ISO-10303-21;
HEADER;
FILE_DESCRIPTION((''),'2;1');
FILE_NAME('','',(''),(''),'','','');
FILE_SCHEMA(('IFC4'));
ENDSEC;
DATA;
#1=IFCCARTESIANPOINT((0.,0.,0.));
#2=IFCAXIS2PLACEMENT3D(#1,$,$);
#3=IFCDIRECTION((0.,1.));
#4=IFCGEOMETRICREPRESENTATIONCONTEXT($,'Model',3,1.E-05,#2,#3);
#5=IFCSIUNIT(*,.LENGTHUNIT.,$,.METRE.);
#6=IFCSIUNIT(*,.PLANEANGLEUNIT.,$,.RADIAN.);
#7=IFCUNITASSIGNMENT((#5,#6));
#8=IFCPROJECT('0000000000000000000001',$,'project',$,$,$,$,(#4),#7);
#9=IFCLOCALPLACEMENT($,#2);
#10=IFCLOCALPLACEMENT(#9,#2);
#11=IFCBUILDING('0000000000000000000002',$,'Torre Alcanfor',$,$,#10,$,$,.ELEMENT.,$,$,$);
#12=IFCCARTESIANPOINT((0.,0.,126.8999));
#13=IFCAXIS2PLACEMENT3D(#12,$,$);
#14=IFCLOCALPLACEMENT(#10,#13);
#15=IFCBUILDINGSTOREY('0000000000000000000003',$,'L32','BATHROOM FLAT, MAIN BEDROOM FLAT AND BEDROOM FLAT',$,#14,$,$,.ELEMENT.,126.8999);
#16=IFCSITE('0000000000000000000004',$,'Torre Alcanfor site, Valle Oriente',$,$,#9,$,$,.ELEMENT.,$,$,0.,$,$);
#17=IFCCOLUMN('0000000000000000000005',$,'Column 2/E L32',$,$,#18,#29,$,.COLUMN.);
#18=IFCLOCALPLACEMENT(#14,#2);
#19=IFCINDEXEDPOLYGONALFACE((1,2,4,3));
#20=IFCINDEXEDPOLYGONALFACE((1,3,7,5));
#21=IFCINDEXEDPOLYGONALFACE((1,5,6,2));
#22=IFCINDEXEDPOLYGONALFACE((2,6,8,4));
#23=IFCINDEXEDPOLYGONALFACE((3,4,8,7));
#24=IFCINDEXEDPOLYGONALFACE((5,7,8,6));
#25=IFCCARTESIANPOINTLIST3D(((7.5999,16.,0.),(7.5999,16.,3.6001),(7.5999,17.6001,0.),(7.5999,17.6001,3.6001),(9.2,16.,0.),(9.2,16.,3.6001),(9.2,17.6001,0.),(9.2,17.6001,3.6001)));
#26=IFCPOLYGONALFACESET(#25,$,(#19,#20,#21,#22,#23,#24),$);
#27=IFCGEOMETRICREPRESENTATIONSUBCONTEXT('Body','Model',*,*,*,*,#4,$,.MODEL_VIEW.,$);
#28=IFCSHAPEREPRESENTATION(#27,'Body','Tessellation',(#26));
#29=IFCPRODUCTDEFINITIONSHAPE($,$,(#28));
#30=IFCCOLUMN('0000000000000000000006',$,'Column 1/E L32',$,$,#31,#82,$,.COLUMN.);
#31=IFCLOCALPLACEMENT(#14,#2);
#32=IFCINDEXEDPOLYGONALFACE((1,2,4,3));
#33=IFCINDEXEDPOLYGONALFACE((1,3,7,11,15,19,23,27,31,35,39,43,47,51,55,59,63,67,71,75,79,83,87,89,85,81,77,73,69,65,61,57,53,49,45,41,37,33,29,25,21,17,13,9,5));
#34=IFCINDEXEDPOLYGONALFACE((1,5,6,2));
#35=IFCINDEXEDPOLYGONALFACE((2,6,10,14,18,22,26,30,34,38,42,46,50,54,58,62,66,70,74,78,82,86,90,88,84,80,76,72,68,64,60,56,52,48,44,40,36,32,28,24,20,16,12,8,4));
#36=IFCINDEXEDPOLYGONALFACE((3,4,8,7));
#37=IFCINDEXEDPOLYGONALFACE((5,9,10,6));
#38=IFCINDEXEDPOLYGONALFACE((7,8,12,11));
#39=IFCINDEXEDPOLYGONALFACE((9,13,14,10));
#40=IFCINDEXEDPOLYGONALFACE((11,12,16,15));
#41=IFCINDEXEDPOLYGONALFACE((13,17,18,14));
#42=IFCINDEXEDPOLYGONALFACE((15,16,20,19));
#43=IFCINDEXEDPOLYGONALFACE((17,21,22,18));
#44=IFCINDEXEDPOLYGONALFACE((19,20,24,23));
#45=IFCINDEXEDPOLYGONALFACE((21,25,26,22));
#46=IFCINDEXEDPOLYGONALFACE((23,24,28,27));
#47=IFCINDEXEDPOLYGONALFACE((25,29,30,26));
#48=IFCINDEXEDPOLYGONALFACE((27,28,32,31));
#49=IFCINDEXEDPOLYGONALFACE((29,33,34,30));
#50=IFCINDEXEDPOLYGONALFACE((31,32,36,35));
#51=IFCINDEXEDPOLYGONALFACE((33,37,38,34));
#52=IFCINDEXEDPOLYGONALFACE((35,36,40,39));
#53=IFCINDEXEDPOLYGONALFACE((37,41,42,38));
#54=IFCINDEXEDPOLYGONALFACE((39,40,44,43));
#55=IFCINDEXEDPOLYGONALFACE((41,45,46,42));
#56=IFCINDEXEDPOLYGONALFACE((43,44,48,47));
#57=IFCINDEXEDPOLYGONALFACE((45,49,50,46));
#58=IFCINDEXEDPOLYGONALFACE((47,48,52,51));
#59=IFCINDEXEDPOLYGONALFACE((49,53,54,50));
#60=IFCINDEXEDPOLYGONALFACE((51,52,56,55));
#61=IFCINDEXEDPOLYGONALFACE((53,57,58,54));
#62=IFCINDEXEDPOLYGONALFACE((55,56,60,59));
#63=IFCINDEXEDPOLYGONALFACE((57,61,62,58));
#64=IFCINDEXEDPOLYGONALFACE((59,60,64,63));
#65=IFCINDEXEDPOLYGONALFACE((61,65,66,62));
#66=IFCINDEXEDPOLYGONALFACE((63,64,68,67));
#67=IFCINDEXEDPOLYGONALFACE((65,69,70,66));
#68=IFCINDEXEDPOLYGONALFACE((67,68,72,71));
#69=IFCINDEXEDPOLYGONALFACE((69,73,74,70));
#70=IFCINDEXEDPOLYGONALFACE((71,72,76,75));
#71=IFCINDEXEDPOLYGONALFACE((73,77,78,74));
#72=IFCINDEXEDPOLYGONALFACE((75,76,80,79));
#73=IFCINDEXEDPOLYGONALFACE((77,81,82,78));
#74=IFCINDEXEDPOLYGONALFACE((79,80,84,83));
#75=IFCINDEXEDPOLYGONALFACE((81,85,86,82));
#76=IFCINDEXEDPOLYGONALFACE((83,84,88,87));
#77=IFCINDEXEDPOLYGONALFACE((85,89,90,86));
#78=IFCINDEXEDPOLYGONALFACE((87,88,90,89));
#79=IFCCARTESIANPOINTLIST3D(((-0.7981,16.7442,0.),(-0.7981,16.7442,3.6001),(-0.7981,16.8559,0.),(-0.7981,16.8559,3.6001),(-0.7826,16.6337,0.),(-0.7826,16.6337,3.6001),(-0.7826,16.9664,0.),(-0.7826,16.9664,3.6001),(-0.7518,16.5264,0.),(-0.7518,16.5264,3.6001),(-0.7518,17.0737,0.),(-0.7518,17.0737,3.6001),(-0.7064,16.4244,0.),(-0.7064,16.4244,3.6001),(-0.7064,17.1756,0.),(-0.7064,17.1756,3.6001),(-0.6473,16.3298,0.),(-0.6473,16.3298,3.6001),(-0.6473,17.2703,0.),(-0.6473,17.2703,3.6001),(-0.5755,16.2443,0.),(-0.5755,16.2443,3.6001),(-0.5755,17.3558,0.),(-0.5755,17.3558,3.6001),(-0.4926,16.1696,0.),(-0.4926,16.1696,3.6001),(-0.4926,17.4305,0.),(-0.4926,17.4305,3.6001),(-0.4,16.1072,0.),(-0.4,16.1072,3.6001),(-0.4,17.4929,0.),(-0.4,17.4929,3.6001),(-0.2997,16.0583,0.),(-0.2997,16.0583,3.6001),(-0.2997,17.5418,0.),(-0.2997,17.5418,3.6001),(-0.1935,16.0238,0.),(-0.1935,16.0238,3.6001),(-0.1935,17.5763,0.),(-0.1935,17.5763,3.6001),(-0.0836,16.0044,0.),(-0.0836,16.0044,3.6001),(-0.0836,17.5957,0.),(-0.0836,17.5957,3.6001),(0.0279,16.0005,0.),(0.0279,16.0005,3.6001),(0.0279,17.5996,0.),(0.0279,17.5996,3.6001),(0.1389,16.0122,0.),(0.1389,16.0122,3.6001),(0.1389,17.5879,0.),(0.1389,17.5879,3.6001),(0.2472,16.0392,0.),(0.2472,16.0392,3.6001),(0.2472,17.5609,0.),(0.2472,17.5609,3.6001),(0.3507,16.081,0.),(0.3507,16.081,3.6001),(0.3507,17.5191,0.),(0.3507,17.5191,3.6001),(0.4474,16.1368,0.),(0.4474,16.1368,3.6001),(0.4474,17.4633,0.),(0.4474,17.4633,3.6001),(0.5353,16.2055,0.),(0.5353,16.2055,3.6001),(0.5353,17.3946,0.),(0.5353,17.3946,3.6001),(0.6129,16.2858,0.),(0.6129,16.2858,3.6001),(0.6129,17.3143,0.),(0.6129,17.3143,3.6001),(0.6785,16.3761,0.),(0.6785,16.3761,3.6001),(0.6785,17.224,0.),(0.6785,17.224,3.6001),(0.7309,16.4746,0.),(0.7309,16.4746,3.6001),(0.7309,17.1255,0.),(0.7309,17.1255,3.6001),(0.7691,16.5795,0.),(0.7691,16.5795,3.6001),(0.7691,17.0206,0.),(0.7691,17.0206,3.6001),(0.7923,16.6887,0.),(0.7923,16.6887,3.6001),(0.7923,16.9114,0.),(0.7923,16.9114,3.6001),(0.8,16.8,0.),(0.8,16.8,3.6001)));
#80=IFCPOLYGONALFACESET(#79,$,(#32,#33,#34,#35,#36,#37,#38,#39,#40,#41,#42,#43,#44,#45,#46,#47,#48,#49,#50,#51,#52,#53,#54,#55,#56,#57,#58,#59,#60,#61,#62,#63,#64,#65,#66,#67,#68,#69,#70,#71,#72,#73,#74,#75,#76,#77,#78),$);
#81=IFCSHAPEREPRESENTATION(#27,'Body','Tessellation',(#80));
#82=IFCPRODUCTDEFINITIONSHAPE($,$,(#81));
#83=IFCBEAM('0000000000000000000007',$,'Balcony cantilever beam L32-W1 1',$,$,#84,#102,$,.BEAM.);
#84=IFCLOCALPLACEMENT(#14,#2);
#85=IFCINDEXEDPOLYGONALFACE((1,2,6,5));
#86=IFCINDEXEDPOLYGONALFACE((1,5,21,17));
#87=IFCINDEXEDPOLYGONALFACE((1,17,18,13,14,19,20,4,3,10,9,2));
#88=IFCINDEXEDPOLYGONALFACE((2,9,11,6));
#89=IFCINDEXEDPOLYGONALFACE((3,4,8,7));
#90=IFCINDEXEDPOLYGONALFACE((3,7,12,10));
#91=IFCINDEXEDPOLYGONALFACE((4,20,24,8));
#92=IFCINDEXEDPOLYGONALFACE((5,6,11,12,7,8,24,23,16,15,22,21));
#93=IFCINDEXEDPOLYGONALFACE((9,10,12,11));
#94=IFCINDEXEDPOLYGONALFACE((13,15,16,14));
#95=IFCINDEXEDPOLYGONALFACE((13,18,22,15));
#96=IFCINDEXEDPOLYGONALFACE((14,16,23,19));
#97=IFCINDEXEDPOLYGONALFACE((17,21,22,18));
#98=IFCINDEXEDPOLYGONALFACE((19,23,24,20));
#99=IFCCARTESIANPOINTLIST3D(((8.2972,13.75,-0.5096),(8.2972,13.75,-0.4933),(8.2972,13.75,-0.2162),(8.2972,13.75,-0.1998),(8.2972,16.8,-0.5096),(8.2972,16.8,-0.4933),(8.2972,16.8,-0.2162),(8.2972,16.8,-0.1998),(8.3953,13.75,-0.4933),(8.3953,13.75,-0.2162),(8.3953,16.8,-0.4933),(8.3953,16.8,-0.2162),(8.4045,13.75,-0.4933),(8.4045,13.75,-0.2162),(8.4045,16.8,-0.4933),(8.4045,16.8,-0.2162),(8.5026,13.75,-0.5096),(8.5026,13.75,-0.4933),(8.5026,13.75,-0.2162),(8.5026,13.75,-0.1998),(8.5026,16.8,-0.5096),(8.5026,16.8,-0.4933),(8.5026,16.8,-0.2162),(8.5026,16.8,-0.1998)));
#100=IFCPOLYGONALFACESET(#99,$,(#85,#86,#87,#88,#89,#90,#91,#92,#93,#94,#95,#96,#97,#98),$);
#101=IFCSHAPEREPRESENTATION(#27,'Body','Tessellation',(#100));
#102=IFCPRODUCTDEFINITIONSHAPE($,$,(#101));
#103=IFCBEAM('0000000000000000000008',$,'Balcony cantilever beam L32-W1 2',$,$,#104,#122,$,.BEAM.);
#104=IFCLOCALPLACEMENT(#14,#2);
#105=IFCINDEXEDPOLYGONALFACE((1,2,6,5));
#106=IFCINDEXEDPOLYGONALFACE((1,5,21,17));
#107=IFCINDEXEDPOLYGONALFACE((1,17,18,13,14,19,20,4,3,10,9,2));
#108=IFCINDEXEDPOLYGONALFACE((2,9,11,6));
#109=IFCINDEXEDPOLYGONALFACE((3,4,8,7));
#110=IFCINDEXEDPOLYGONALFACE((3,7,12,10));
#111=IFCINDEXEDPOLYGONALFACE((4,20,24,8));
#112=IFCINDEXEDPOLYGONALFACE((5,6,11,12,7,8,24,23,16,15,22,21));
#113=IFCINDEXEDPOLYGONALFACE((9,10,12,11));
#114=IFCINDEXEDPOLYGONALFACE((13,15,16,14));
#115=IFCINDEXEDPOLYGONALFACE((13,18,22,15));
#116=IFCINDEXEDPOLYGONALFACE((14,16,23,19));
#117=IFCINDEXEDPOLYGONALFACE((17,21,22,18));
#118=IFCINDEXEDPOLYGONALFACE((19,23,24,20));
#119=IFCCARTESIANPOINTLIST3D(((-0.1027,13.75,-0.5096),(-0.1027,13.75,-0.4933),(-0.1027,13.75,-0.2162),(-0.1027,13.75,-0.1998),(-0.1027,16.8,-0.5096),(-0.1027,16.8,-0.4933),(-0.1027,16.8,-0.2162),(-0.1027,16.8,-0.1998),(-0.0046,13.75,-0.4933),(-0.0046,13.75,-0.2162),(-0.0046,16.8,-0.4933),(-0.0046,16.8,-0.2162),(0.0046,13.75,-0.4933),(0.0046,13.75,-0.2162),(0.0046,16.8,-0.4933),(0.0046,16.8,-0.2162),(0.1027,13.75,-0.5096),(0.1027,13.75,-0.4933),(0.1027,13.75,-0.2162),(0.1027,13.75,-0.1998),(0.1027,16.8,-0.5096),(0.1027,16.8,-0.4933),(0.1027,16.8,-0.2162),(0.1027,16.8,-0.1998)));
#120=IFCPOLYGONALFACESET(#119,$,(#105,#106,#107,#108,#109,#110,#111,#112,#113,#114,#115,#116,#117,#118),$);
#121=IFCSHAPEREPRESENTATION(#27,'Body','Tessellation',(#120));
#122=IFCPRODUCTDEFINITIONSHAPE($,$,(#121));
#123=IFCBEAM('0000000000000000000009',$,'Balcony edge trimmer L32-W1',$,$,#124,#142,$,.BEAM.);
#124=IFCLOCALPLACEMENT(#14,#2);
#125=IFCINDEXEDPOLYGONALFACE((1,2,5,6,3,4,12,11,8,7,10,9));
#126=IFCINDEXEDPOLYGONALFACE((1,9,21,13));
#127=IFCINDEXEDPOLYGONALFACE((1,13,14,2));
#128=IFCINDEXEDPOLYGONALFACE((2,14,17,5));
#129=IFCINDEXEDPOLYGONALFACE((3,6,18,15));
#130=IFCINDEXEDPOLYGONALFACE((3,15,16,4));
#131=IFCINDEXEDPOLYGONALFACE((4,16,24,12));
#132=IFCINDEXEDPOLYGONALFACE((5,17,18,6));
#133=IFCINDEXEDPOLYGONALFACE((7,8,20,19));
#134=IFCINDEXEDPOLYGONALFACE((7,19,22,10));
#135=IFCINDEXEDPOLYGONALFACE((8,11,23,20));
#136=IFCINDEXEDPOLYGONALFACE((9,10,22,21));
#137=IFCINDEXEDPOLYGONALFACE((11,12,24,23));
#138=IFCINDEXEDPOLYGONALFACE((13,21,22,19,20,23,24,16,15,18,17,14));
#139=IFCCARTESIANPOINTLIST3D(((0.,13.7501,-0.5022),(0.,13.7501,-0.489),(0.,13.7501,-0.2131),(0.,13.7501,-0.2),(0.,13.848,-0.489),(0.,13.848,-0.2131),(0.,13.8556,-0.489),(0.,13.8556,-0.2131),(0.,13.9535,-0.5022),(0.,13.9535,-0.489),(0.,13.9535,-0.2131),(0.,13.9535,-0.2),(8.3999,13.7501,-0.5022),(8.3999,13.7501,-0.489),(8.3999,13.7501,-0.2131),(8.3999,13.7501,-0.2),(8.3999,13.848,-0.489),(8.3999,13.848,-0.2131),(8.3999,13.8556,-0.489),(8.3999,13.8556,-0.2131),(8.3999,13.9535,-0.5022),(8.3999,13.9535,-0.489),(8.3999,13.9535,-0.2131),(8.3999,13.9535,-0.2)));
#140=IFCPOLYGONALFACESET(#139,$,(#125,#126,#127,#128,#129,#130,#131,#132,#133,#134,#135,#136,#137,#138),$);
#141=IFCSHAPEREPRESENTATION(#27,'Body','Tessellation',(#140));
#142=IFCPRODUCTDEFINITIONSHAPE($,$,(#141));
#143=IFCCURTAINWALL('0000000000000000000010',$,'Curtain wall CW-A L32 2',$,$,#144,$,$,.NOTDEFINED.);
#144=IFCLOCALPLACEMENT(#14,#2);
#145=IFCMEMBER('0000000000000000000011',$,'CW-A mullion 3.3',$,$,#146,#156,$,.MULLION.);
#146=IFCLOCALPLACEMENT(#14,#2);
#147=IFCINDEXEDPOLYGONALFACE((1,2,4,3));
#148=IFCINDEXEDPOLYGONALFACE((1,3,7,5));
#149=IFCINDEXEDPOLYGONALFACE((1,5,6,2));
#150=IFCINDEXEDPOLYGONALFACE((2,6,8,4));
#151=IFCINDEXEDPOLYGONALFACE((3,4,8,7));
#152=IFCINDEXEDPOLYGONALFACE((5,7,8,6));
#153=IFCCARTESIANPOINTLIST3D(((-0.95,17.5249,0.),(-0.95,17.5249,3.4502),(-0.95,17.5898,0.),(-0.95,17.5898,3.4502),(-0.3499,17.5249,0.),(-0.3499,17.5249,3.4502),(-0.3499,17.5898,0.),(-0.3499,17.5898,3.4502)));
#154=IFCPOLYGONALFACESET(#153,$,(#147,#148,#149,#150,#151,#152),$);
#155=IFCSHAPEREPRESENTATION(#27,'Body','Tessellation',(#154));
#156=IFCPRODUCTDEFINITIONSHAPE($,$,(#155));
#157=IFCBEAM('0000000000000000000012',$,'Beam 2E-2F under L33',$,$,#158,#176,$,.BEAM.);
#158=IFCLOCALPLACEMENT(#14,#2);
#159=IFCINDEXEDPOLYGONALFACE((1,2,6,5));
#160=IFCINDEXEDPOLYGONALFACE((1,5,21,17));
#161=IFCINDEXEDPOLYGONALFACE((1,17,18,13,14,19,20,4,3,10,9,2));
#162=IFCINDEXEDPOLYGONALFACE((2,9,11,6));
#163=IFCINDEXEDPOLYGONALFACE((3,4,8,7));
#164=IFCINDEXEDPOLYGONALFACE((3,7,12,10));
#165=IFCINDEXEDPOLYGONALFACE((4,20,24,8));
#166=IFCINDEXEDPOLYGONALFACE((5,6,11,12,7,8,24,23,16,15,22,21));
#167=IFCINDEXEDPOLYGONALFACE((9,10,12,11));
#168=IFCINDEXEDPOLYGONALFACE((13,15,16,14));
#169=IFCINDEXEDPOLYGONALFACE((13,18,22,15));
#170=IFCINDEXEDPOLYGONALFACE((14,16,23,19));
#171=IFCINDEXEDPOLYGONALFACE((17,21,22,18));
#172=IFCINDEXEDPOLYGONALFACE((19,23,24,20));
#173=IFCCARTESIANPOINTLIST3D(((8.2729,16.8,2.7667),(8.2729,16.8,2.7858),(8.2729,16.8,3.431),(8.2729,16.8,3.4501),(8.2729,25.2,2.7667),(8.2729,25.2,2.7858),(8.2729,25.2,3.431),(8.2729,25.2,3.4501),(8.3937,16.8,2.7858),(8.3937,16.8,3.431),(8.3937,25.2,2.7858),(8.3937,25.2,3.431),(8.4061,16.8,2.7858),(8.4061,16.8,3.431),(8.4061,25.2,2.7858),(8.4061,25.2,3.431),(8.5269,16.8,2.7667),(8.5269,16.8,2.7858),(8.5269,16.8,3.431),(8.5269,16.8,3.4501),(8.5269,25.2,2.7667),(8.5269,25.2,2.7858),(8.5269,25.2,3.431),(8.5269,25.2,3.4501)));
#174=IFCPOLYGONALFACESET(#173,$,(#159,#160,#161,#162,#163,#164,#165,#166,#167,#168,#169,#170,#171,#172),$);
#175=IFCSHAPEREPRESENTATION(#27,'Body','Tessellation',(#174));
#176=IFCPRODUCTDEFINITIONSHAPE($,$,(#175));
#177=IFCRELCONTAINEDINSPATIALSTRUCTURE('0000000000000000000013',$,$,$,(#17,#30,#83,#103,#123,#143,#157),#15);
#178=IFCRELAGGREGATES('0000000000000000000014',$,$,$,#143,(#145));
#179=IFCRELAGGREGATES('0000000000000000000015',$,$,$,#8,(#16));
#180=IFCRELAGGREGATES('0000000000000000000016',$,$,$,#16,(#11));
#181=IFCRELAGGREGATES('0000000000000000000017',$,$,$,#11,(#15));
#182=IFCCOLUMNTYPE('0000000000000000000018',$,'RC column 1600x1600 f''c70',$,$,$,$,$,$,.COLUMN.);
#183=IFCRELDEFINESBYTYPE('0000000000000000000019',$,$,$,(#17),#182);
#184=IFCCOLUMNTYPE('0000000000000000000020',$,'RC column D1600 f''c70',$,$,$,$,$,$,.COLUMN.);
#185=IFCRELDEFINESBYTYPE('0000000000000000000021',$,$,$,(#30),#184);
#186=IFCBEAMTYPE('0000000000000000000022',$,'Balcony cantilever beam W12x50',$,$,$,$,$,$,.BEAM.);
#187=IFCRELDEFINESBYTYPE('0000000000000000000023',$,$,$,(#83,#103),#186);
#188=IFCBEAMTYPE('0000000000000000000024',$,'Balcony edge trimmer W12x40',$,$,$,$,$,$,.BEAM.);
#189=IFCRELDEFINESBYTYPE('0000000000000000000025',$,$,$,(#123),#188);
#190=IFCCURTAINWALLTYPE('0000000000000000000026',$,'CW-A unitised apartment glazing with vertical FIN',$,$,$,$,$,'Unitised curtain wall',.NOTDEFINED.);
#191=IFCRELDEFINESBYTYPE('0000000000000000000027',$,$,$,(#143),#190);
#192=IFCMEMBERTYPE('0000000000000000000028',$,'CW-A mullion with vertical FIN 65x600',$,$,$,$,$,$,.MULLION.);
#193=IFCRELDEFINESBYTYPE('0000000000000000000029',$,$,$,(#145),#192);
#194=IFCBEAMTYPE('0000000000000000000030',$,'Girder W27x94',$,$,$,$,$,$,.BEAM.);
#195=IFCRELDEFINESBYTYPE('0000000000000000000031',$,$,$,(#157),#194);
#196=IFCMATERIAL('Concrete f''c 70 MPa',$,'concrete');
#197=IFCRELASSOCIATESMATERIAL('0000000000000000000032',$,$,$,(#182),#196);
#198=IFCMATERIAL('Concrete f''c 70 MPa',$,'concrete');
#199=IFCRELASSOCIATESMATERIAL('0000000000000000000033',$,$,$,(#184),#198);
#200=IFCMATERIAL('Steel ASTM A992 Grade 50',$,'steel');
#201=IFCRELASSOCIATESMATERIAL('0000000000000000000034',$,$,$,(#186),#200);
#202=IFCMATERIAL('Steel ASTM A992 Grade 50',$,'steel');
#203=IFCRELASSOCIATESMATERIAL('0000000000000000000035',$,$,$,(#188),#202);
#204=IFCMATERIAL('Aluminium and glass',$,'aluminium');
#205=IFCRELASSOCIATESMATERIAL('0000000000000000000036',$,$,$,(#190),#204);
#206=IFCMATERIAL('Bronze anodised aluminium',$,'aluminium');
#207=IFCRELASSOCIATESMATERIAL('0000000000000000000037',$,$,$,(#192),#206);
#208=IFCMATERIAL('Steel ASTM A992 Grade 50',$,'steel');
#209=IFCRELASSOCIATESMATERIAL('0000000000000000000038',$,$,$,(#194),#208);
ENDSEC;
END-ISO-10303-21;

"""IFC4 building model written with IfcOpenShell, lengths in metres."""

from ifc_helpers import new_model, si_unit, direction, frame, origin, origin_2d, place, context, subcontext, project, spatial, rectangle, circle, i_section, extrude, material, material_profile, profile_set, type_object, element, aggregate, save


model = new_model("IFC4")

# Units and contexts
model_context = context("Model", 3, precision=1e-05, world=origin(), true_north=direction((0.0, 1.0)))
body_context = subcontext(model_context, "Body", "Model", "MODEL_VIEW")
ifc_project = project(units=[si_unit("LENGTHUNIT", "METRE"), si_unit("PLANEANGLEUNIT", "RADIAN")], contexts=[model_context])

# Site, building, storey
site_placement = place(None, origin())
site = spatial("IfcSite", under=ifc_project, at=site_placement, Name="Torre Alcanfor site, Valle Oriente", CompositionType="ELEMENT", RefElevation=0.0)
building_placement = place(site_placement, origin())
building = spatial("IfcBuilding", under=site, at=building_placement, Name="Torre Alcanfor", CompositionType="ELEMENT")
storey_placement = place(building_placement, frame((0.0, 0.0, 126.8999)))
storey = spatial("IfcBuildingStorey", under=building, at=storey_placement, Name="L32", Description="BATHROOM FLAT, MAIN BEDROOM FLAT AND BEDROOM FLAT", CompositionType="ELEMENT", Elevation=126.8999)

# Columns
ifc_material_1 = material(Name="Concrete f'c 70 MPa", Category="concrete")
ifc_material_profile_1 = material_profile(ifc_material_1, rectangle(XDim=1.6001, YDim=1.6001, at=origin_2d()), Name="1600x1600")
ifc_profile_set_1 = profile_set([ifc_material_profile_1], Name="Concrete f'c 70 MPa")
column_type_1 = type_object("IfcColumnType", Name="RC column 1600x1600 f'c70", PredefinedType="COLUMN", material=ifc_profile_set_1)
column_1_placement = place(storey_placement, frame((8.3999, 16.8, 0.0), z_axis=(0.0, 0.0, 1.0), x_axis=(1.0, 0.0, 0.0)))
element("IfcColumn", 1, at=column_1_placement, inside=storey, type_object=column_type_1, Name="Column 2/E L32", PredefinedType="COLUMN", context=body_context, shape_type="SweptSolid", body=[
    extrude(rectangle(XDim=1.6001, YDim=1.6001, at=origin_2d()), origin(), (0.0, 0.0, 1.0), 3.6001),
])
ifc_material_2 = material(Name="Concrete f'c 70 MPa", Category="concrete")
ifc_material_profile_2 = material_profile(ifc_material_2, circle(Radius=0.8, at=origin_2d()), Name="D1600")
ifc_profile_set_2 = profile_set([ifc_material_profile_2], Name="Concrete f'c 70 MPa")
column_type_2 = type_object("IfcColumnType", Name="RC column D1600 f'c70", PredefinedType="COLUMN", material=ifc_profile_set_2)
column_2_placement = place(storey_placement, frame((0.0, 16.8, 0.0), z_axis=(0.0, 0.0, 1.0), x_axis=(1.0, 0.0, 0.0)))
element("IfcColumn", 2, at=column_2_placement, inside=storey, type_object=column_type_2, Name="Column 1/E L32", PredefinedType="COLUMN", context=body_context, shape_type="SweptSolid", body=[
    extrude(circle(Radius=0.8, at=origin_2d()), origin(), (0.0, 0.0, 1.0), 3.6001),
])

# Beams
ifc_material_3 = material(Name="Steel ASTM A992 Grade 50", Category="steel")
ifc_material_profile_3 = material_profile(ifc_material_3, i_section(OverallWidth=0.2053, OverallDepth=0.3098, WebThickness=0.0093, FlangeThickness=0.0164, at=origin_2d()), Name="W12x50")
ifc_profile_set_3 = profile_set([ifc_material_profile_3], Name="Steel ASTM A992 Grade 50")
beam_type_1 = type_object("IfcBeamType", Name="Balcony cantilever beam W12x50", PredefinedType="BEAM", material=ifc_profile_set_3)
for number, where, z_axis, x_axis, name in (
    (3, (8.3999, 16.8, -0.3547), (0.0, -1.0, 0.0), (1.0, 0.0, 0.0), "Balcony cantilever beam L32-W1 1"),
    (4, (0.0, 16.8, -0.3547), (0.0, -1.0, 0.0), (1.0, 0.0, 0.0), "Balcony cantilever beam L32-W1 2"),
):
    element("IfcBeam", number, at=place(storey_placement, frame(where, z_axis=z_axis, x_axis=x_axis)), inside=storey, type_object=beam_type_1, Name=name, PredefinedType="BEAM", context=body_context, shape_type="SweptSolid", body=[
        extrude(i_section(OverallWidth=0.2053, OverallDepth=0.3098, WebThickness=0.0093, FlangeThickness=0.0164, at=origin_2d()), origin(), (0.0, 0.0, 1.0), 3.05),
    ])
ifc_material_4 = material(Name="Steel ASTM A992 Grade 50", Category="steel")
ifc_material_profile_4 = material_profile(ifc_material_4, i_section(OverallWidth=0.2034, OverallDepth=0.3022, WebThickness=0.0076, FlangeThickness=0.0132, at=origin_2d()), Name="W12x40")
ifc_profile_set_4 = profile_set([ifc_material_profile_4], Name="Steel ASTM A992 Grade 50")
beam_type_2 = type_object("IfcBeamType", Name="Balcony edge trimmer W12x40", PredefinedType="BEAM", material=ifc_profile_set_4)
beam_1_placement = place(storey_placement, frame((8.3999, 13.8518, -0.3511), z_axis=(-1.0, 0.0, 0.0), x_axis=(0.0, -1.0, 0.0)))
element("IfcBeam", 5, at=beam_1_placement, inside=storey, type_object=beam_type_2, Name="Balcony edge trimmer L32-W1", PredefinedType="BEAM", context=body_context, shape_type="SweptSolid", body=[
    extrude(i_section(OverallWidth=0.2034, OverallDepth=0.3022, WebThickness=0.0076, FlangeThickness=0.0132, at=origin_2d()), origin(), (0.0, 0.0, 1.0), 8.3999),
])

# Curtain wall, member
ifc_material_5 = material(Name="Aluminium and glass", Category="aluminium")
curtain_wall_type = type_object("IfcCurtainWallType", Name="CW-A unitised apartment glazing with vertical FIN", ElementType="Unitised curtain wall", PredefinedType="NOTDEFINED", material=ifc_material_5)
curtain_wall_placement = place(storey_placement, origin())
curtain_wall = element("IfcCurtainWall", 6, at=curtain_wall_placement, inside=storey, type_object=curtain_wall_type, Name="Curtain wall CW-A L32 2", PredefinedType="NOTDEFINED")
ifc_material_6 = material(Name="Bronze anodised aluminium", Category="aluminium")
ifc_material_profile_5 = material_profile(ifc_material_6, rectangle(XDim=0.6001, YDim=0.0649, at=origin_2d()), Name="CW-A mullion 65x600")
ifc_profile_set_5 = profile_set([ifc_material_profile_5], Name="Bronze anodised aluminium")
member_type = type_object("IfcMemberType", Name="CW-A mullion with vertical FIN 65x600", PredefinedType="MULLION", material=ifc_profile_set_5)
member_placement = place(storey_placement, frame((-0.6499, 17.5574, 0.0), z_axis=(0.0, 0.0, 1.0), x_axis=(1.0, 0.0, 0.0)))
member = element("IfcMember", 7, at=member_placement, type_object=member_type, Name="CW-A mullion 3.3", PredefinedType="MULLION", context=body_context, shape_type="SweptSolid", body=[
    extrude(rectangle(XDim=0.6001, YDim=0.0649, at=origin_2d()), origin(), (0.0, 0.0, 1.0), 3.4502),
])

# Beam
ifc_material_7 = material(Name="Steel ASTM A992 Grade 50", Category="steel")
ifc_material_profile_6 = material_profile(ifc_material_7, i_section(OverallWidth=0.2539, OverallDepth=0.6833, WebThickness=0.0125, FlangeThickness=0.019, at=origin_2d()), Name="W27x94")
ifc_profile_set_6 = profile_set([ifc_material_profile_6], Name="Steel ASTM A992 Grade 50")
beam_type_3 = type_object("IfcBeamType", Name="Girder W27x94", PredefinedType="BEAM", material=ifc_profile_set_6)
beam_2_placement = place(storey_placement, frame((8.3999, 16.8, 3.1084), z_axis=(0.0, 1.0, 0.0), x_axis=(-1.0, 0.0, 0.0)))
element("IfcBeam", 8, at=beam_2_placement, inside=storey, type_object=beam_type_3, Name="Beam 2E-2F under L33", PredefinedType="BEAM", context=body_context, shape_type="SweptSolid", body=[
    extrude(i_section(OverallWidth=0.2539, OverallDepth=0.6833, WebThickness=0.0125, FlangeThickness=0.019, at=origin_2d()), origin(), (0.0, 0.0, 1.0), 8.3999),
])

aggregate(curtain_wall, [member])

save(model, "model.ifc")
